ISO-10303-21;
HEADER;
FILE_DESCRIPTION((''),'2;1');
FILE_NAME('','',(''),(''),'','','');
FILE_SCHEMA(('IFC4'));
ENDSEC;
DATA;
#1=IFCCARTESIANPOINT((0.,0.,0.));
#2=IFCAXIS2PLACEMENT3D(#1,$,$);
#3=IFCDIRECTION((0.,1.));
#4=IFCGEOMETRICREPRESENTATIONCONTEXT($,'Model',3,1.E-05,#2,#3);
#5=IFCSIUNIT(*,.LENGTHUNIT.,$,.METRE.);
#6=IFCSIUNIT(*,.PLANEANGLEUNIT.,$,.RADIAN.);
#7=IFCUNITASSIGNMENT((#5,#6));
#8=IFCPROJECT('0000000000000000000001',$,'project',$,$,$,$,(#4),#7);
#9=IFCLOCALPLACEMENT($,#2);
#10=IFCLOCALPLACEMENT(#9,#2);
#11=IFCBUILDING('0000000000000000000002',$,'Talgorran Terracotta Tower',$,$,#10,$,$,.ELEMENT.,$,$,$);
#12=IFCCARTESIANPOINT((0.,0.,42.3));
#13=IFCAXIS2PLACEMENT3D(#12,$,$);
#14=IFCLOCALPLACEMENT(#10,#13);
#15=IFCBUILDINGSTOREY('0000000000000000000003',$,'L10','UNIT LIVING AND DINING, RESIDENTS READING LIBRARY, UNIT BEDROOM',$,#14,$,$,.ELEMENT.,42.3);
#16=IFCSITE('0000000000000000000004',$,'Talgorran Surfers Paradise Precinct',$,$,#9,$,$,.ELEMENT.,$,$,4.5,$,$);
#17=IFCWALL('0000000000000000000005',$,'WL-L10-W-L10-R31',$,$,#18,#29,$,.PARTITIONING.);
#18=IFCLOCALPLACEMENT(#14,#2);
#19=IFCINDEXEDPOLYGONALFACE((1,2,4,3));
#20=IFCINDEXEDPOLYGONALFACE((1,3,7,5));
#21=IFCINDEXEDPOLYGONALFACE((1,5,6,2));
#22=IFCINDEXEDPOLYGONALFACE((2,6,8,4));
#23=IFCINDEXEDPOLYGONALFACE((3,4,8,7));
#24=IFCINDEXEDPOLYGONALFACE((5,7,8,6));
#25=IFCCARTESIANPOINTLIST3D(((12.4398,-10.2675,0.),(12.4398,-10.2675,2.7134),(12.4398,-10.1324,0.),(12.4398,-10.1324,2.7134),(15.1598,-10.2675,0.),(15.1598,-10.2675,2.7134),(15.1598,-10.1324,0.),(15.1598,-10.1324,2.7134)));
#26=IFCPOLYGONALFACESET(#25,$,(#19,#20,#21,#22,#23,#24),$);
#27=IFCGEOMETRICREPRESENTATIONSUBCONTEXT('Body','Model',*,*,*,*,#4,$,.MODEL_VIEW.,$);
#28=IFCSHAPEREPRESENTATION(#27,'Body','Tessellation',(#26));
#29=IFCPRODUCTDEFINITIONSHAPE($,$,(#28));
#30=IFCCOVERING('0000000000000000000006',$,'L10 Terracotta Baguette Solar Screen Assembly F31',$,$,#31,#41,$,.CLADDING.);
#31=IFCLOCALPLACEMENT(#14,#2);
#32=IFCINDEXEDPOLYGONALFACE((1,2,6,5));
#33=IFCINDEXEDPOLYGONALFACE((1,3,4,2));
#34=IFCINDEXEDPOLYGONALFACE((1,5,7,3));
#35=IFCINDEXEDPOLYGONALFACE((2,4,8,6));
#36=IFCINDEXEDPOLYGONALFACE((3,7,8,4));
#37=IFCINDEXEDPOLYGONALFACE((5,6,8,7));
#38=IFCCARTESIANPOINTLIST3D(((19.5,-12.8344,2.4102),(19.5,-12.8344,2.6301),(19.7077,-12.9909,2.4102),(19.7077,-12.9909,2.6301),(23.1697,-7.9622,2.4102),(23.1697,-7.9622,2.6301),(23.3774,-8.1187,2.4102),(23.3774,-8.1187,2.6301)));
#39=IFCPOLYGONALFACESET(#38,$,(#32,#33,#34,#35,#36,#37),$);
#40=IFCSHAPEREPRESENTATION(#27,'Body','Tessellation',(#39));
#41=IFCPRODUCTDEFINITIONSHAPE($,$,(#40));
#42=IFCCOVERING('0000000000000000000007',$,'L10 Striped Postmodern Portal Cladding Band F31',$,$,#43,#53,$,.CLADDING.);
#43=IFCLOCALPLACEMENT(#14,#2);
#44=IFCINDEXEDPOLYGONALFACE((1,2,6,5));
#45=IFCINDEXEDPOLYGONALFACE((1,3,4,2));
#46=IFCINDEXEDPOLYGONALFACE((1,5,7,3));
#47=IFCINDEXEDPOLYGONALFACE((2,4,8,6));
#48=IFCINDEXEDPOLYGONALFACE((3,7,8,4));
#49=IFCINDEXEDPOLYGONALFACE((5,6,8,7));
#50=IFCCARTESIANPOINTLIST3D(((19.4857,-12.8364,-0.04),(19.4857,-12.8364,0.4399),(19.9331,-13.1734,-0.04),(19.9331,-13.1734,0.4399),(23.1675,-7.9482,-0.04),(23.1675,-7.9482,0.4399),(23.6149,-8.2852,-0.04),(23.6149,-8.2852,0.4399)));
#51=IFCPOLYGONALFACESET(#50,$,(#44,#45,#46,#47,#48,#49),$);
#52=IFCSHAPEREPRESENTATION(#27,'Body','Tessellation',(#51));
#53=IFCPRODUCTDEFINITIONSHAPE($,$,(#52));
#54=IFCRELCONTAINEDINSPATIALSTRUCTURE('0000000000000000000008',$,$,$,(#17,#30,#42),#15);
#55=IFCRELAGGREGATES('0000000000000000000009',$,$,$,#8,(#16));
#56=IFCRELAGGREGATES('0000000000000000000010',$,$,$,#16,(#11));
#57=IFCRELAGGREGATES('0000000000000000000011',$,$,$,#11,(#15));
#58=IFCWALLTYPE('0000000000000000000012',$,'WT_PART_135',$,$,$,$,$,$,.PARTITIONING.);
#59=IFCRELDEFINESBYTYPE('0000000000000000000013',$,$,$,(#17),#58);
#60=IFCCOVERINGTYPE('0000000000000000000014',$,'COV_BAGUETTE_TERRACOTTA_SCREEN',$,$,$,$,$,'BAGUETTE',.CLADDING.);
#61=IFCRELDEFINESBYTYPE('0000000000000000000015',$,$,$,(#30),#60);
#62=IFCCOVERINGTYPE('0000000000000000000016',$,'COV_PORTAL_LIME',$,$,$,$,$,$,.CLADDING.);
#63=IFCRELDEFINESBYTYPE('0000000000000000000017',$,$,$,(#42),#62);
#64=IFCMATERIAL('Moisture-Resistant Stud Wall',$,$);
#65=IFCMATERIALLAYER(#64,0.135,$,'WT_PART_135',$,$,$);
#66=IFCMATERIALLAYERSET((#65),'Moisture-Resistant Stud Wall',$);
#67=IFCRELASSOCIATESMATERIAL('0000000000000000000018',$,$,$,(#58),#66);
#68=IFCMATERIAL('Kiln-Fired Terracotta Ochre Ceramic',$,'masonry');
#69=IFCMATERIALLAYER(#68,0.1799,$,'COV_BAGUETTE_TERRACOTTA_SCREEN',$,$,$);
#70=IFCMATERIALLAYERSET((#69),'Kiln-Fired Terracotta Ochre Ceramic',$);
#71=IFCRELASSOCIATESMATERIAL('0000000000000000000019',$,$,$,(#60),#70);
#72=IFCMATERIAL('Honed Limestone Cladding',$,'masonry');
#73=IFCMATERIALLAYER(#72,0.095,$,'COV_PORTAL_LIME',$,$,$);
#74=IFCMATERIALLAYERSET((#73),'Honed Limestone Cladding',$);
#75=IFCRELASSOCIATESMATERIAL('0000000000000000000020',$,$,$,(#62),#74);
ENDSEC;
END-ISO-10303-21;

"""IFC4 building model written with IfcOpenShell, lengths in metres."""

from ifc_helpers import new_model, si_unit, direction, frame, frame_2d, origin, origin_2d, place, context, subcontext, project, spatial, rectangle, extrude, material, layer, layer_set, type_object, element, save


model = new_model("IFC4")

# Units and contexts
model_context = context("Model", 3, precision=1e-05, world=origin(), true_north=direction((0.0, 1.0)))
body_context = subcontext(model_context, "Body", "Model", "MODEL_VIEW")
ifc_project = project(units=[si_unit("LENGTHUNIT", "METRE"), si_unit("PLANEANGLEUNIT", "RADIAN")], contexts=[model_context])

# Site, building, storey
site_placement = place(None, origin())
site = spatial("IfcSite", under=ifc_project, at=site_placement, Name="Talgorran Surfers Paradise Precinct", CompositionType="ELEMENT", RefElevation=4.5)
building_placement = place(site_placement, origin())
building = spatial("IfcBuilding", under=site, at=building_placement, Name="Talgorran Terracotta Tower", CompositionType="ELEMENT")
storey_placement = place(building_placement, frame((0.0, 0.0, 42.3)))
storey = spatial("IfcBuildingStorey", under=building, at=storey_placement, Name="L10", Description="UNIT LIVING AND DINING, RESIDENTS READING LIBRARY, UNIT BEDROOM", CompositionType="ELEMENT", Elevation=42.3)

# Shared definitions
ifc_material_1 = material(Name="Moisture-Resistant Stud Wall")
ifc_layer_1 = layer(ifc_material_1, 0.135, Name="WT_PART_135")
ifc_layer_set_1 = layer_set([ifc_layer_1], Name="Moisture-Resistant Stud Wall")
wall_type_1 = type_object("IfcWallType", Name="WT_PART_135", PredefinedType="PARTITIONING", material=ifc_layer_set_1)

# Wall
wall_1_placement = place(storey_placement, frame((12.4399, -10.2, 0.0), z_axis=(0.0, 0.0, 1.0), x_axis=(1.0, 0.0, 0.0)))
element("IfcWall", 1, at=wall_1_placement, inside=storey, type_object=wall_type_1, Name="WL-L10-W-L10-R31", PredefinedType="PARTITIONING", context=body_context, shape_type="SweptSolid", body=[
    extrude(rectangle(XDim=2.72, YDim=0.135, at=frame_2d((1.3599, 0.0))), origin(), (0.0, 0.0, 1.0), 2.7134),
])

# Coverings
ifc_material_2 = material(Name="Kiln-Fired Terracotta Ochre Ceramic", Category="masonry")
ifc_layer_2 = layer(ifc_material_2, 0.1799, Name="COV_BAGUETTE_TERRACOTTA_SCREEN")
ifc_layer_set_2 = layer_set([ifc_layer_2], Name="Kiln-Fired Terracotta Ochre Ceramic")
covering_type_1 = type_object("IfcCoveringType", Name="COV_BAGUETTE_TERRACOTTA_SCREEN", ElementType="BAGUETTE", PredefinedType="CLADDING", material=ifc_layer_set_2)
covering_1_placement = place(storey_placement, frame((21.4387, -10.4766, 2.4102), z_axis=(0.0, 0.0, 1.0), x_axis=(0.601634, 0.798772, 0.0)))
element("IfcCovering", 2, at=covering_1_placement, inside=storey, type_object=covering_type_1, Name="L10 Terracotta Baguette Solar Screen Assembly F31", PredefinedType="CLADDING", context=body_context, shape_type="SweptSolid", body=[
    extrude(rectangle(XDim=6.0996, YDim=0.26, at=origin_2d()), origin(), (0.0, 0.0, 1.0), 0.22),
])
ifc_material_3 = material(Name="Honed Limestone Cladding", Category="masonry")
ifc_layer_3 = layer(ifc_material_3, 0.095, Name="COV_PORTAL_LIME")
ifc_layer_set_3 = layer_set([ifc_layer_3], Name="Honed Limestone Cladding")
covering_type_2 = type_object("IfcCoveringType", Name="COV_PORTAL_LIME", PredefinedType="CLADDING", material=ifc_layer_set_3)
covering_2_placement = place(storey_placement, frame((21.5503, -10.5608, -0.04), z_axis=(0.0, 0.0, 1.0), x_axis=(0.601634, 0.798772, 0.0)))
element("IfcCovering", 3, at=covering_2_placement, inside=storey, type_object=covering_type_2, Name="L10 Striped Postmodern Portal Cladding Band F31", PredefinedType="CLADDING", context=body_context, shape_type="SweptSolid", body=[
    extrude(rectangle(XDim=6.1196, YDim=0.5601, at=origin_2d()), origin(), (0.0, 0.0, 1.0), 0.48),
])

save(model, "model.ifc")
